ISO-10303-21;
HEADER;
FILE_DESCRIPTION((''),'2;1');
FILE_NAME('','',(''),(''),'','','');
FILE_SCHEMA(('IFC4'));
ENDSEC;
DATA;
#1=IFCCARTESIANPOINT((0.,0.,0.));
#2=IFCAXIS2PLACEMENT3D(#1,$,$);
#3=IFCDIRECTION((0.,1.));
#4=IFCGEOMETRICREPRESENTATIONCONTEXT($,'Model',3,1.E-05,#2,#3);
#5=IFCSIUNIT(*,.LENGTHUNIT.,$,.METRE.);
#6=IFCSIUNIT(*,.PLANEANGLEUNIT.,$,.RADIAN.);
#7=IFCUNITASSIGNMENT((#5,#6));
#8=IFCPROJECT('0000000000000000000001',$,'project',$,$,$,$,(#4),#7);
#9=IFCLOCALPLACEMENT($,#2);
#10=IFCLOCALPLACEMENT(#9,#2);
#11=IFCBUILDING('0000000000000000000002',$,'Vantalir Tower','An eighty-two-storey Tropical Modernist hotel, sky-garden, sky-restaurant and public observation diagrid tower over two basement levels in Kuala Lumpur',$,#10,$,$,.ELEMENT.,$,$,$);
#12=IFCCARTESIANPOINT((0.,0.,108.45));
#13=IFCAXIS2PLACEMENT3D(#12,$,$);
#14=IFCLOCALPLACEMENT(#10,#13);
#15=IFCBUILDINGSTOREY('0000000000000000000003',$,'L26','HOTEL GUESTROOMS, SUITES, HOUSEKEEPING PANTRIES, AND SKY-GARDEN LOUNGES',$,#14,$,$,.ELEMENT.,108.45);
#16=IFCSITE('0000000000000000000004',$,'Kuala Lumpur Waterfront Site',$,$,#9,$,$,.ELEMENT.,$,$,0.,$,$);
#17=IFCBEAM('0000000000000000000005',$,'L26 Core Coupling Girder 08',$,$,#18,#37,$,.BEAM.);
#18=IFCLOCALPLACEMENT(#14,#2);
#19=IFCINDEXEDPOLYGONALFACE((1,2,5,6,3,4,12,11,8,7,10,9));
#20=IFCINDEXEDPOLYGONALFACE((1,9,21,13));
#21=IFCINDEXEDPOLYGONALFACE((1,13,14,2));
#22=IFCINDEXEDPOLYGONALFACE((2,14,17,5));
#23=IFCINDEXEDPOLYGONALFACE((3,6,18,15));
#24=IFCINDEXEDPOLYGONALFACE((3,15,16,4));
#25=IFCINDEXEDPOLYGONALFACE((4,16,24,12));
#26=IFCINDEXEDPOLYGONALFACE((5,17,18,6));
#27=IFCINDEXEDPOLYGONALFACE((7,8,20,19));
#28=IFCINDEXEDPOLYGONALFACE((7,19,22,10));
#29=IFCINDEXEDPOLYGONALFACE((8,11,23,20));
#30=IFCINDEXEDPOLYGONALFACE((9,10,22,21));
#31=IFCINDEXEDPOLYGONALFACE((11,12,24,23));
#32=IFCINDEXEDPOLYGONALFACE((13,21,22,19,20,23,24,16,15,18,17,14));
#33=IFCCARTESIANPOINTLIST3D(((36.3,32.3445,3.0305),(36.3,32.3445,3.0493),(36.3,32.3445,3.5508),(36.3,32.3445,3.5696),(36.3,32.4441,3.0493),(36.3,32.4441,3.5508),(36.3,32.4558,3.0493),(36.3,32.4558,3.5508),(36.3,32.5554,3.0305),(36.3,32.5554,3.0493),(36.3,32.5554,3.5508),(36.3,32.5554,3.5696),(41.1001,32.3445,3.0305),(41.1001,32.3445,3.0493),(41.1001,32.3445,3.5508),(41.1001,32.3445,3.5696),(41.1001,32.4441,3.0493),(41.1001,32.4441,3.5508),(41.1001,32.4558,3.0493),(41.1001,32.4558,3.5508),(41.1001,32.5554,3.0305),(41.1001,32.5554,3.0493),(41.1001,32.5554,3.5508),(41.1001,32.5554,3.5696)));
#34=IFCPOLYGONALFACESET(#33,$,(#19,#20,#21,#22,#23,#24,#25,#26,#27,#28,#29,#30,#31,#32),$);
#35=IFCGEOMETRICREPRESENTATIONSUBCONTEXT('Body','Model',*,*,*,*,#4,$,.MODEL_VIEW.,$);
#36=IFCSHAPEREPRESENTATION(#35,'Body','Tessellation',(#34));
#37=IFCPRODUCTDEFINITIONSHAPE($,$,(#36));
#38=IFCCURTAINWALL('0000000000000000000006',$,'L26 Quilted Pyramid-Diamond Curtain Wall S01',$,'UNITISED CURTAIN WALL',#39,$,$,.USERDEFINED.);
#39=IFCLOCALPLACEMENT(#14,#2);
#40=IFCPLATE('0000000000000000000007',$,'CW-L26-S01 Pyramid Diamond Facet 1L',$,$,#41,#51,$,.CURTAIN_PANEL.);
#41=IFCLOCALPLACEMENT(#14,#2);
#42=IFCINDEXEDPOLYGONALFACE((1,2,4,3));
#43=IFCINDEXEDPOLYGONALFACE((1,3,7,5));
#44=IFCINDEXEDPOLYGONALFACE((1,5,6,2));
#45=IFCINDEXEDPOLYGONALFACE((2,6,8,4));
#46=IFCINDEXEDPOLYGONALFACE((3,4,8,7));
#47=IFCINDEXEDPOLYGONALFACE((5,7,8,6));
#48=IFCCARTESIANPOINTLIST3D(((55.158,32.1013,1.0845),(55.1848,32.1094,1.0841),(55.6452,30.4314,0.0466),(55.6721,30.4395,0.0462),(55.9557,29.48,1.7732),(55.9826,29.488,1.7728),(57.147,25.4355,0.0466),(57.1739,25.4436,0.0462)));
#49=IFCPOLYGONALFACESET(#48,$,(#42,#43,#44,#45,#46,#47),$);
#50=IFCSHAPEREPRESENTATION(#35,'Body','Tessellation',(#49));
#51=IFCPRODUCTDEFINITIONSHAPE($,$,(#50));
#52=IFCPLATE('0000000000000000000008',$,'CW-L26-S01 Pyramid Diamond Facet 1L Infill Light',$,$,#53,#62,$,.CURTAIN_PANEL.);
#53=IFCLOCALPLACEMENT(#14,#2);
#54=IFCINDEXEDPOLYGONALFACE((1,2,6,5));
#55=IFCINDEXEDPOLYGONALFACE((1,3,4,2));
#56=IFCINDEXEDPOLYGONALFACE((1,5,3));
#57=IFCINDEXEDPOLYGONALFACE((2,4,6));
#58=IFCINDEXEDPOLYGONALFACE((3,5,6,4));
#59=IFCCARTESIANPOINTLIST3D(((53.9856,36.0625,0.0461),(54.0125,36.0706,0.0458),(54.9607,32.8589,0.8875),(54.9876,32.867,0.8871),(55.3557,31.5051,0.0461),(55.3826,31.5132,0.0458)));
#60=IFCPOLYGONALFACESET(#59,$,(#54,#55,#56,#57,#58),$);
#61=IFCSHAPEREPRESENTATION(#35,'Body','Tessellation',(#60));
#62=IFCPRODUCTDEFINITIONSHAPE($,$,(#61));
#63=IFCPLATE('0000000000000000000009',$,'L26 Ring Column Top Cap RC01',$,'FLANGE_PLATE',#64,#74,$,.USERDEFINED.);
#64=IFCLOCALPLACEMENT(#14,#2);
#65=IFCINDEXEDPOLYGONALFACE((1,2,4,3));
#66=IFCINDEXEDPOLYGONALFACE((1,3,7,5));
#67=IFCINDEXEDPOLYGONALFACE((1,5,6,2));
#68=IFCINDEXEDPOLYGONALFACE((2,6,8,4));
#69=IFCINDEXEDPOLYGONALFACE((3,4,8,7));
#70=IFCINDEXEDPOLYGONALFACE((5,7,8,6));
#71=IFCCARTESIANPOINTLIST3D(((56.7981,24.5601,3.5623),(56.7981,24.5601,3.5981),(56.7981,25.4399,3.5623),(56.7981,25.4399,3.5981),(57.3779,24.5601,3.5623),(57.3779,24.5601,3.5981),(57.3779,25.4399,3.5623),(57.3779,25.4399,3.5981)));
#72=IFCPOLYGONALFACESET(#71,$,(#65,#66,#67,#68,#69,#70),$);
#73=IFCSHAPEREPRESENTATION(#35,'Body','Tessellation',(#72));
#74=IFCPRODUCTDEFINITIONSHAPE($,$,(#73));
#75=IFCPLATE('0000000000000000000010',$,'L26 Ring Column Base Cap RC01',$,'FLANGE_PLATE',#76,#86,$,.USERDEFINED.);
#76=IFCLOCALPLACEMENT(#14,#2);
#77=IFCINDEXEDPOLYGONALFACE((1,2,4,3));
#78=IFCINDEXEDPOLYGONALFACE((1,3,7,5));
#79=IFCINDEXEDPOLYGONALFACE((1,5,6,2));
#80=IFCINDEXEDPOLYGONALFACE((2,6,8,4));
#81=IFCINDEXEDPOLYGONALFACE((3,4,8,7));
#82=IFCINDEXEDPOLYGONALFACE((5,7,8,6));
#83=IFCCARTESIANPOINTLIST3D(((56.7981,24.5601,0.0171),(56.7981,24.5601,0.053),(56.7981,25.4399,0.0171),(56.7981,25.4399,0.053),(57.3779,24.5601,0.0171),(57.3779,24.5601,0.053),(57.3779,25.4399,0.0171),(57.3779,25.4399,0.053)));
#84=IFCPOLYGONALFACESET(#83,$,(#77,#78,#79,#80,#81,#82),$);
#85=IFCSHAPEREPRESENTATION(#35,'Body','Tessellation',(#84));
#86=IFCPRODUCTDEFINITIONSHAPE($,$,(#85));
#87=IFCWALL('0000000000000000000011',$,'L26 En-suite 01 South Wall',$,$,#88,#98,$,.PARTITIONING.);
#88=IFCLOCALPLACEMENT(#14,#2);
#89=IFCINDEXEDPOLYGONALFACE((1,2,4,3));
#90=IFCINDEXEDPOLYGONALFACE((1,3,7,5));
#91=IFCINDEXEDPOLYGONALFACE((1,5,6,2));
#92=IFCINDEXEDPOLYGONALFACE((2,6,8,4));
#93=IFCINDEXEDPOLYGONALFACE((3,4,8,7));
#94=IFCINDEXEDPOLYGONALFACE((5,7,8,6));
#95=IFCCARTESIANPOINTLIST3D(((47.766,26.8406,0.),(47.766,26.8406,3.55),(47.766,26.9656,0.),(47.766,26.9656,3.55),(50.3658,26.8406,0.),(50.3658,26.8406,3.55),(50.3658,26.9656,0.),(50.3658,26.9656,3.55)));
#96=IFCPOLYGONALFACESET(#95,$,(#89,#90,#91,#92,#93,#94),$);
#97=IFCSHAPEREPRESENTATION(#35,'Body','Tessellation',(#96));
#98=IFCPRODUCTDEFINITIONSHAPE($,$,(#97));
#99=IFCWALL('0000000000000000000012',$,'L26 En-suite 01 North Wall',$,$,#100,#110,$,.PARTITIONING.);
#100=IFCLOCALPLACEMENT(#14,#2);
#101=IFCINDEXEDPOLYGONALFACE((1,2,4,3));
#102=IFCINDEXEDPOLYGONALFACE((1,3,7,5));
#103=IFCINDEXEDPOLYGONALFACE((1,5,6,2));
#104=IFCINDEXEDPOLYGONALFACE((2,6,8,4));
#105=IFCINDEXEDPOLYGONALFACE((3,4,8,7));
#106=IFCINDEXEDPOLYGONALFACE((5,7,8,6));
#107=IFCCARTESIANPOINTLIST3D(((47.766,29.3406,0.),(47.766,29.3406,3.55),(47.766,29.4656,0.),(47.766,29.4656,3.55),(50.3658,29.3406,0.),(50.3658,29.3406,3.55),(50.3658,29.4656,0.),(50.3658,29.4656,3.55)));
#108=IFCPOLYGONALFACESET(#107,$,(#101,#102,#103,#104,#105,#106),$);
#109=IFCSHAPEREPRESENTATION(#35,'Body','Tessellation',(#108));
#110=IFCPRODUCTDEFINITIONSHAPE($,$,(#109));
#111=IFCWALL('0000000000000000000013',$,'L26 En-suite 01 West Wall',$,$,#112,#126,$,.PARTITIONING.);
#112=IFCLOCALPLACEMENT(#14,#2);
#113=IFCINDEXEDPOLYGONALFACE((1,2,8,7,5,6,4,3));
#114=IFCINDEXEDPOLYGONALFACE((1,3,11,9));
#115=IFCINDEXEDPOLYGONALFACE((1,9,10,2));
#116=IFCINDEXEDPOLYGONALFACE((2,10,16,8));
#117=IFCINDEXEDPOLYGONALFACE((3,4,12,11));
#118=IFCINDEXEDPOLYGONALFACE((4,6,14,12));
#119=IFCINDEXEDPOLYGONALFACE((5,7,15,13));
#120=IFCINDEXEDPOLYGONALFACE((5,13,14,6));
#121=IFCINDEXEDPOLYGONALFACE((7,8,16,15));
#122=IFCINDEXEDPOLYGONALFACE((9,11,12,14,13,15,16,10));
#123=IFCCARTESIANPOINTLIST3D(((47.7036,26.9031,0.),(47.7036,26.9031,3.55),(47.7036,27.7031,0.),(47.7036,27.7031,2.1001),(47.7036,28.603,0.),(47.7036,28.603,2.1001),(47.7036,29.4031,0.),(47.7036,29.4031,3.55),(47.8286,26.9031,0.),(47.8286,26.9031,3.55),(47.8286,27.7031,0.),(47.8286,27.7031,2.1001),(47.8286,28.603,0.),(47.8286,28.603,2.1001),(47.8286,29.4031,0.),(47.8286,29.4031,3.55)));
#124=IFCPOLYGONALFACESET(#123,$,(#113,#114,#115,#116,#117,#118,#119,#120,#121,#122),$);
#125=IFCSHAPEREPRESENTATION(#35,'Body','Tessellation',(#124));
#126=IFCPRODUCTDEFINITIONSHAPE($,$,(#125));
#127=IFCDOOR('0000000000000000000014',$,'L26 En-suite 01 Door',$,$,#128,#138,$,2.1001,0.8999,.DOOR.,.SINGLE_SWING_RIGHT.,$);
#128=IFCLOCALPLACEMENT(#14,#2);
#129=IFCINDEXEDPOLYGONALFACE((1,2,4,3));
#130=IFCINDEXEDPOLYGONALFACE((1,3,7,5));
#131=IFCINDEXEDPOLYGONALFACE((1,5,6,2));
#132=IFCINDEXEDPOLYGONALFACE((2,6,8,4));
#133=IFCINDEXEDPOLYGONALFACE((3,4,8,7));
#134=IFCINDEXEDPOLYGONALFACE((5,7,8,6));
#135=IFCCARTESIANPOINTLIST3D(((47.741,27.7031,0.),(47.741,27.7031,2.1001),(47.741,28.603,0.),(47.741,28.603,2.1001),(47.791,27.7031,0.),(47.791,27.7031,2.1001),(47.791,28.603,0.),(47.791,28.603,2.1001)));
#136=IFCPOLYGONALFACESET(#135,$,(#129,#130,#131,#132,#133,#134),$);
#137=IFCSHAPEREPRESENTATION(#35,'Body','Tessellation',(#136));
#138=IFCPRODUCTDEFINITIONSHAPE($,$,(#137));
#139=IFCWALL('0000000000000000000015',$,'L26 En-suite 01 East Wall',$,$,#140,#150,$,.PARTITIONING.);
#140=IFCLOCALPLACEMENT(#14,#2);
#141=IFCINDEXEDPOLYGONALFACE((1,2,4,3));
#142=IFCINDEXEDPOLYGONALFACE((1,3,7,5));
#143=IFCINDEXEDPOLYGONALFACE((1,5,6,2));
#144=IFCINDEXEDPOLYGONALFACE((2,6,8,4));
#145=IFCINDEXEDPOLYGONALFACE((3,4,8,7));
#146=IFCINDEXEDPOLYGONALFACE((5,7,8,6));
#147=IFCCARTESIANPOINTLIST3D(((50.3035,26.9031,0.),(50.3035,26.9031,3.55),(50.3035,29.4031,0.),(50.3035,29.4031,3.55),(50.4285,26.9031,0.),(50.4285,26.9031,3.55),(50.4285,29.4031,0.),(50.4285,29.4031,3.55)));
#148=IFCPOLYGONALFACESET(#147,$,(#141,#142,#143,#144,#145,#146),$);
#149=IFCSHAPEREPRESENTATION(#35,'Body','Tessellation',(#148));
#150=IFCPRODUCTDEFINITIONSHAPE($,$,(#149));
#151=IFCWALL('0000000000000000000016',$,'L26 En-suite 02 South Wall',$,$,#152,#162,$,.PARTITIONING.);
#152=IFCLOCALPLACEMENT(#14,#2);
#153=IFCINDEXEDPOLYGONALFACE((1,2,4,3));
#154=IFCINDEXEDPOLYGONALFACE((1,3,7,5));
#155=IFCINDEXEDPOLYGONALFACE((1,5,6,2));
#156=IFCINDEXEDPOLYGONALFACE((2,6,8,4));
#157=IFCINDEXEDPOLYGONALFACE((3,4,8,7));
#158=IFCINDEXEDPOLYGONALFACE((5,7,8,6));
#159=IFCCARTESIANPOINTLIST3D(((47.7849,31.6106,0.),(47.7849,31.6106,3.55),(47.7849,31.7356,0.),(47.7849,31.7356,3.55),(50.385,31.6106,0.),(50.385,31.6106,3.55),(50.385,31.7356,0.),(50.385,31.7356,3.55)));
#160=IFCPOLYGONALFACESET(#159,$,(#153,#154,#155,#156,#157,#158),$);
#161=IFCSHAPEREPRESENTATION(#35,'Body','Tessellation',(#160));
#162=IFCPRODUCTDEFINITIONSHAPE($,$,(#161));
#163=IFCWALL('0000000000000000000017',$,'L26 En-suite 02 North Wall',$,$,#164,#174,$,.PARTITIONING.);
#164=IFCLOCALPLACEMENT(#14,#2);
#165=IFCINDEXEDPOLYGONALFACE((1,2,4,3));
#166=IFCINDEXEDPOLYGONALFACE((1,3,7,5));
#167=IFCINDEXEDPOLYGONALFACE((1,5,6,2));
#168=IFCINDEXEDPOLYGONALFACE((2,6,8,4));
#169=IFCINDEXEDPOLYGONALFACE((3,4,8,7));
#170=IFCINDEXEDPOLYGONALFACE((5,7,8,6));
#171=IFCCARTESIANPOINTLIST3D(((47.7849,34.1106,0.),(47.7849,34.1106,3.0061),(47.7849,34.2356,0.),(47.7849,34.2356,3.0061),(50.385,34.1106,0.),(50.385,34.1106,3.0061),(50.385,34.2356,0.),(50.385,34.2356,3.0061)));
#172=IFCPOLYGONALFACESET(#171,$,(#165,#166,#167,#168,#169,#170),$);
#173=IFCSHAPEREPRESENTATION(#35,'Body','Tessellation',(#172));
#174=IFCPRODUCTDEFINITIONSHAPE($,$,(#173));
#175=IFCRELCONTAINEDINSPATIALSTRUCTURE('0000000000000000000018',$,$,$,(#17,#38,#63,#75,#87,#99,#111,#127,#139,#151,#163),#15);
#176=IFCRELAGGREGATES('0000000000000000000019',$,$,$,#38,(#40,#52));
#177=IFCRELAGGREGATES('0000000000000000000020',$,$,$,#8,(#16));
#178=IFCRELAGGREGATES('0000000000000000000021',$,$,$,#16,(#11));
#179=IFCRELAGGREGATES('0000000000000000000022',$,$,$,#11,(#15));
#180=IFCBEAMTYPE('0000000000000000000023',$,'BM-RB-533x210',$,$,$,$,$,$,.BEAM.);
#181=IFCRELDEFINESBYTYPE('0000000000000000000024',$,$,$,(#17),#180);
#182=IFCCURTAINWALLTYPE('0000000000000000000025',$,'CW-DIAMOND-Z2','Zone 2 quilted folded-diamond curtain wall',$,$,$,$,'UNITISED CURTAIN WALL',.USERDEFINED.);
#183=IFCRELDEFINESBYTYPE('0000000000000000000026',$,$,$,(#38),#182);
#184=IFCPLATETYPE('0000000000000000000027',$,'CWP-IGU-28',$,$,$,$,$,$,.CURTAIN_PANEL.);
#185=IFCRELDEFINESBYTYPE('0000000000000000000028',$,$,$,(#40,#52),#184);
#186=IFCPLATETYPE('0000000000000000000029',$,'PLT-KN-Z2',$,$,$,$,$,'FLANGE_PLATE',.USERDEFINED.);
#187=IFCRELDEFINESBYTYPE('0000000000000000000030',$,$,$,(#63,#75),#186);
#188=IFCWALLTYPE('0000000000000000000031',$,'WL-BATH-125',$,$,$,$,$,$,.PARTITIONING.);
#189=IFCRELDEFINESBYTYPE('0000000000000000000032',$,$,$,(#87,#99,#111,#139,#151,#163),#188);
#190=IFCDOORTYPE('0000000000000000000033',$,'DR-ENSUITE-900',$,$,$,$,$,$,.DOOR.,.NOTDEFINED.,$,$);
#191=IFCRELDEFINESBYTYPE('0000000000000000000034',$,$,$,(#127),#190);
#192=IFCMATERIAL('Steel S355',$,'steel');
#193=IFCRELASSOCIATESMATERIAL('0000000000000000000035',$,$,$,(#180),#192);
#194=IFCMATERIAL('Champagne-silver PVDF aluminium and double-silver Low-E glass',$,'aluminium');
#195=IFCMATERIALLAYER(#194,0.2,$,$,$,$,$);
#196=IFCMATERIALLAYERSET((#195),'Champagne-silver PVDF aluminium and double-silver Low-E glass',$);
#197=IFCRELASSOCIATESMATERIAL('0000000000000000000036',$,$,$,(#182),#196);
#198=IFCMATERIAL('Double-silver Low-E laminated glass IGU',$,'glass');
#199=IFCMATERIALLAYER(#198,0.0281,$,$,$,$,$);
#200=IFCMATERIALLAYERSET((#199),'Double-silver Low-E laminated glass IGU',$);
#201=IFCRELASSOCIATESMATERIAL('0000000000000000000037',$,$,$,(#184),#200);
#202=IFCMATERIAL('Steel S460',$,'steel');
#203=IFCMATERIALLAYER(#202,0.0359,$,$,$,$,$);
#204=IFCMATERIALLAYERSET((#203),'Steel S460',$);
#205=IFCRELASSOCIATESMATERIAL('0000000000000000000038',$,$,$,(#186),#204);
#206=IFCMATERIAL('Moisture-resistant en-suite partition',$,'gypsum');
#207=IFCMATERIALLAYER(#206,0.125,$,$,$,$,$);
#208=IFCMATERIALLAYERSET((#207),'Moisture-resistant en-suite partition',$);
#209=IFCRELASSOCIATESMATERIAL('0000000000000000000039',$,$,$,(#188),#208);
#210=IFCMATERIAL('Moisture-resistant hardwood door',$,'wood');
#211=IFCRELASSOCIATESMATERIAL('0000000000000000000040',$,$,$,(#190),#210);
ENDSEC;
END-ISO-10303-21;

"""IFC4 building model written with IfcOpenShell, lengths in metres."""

from ifc_helpers import new_model, si_unit, direction, frame, frame_2d, origin, origin_2d, place, context, subcontext, project, spatial, polyline, rectangle, i_section, outline, extrude, material, layer, layer_set, material_profile, profile_set, type_object, element, fill, aggregate, save


model = new_model("IFC4")

# Units and contexts
model_context = context("Model", 3, precision=1e-05, world=origin(), true_north=direction((0.0, 1.0)))
body_context = subcontext(model_context, "Body", "Model", "MODEL_VIEW")
ifc_project = project(units=[si_unit("LENGTHUNIT", "METRE"), si_unit("PLANEANGLEUNIT", "RADIAN")], contexts=[model_context])

# Site, building, storey
site_placement = place(None, origin())
site = spatial("IfcSite", under=ifc_project, at=site_placement, Name="Kuala Lumpur Waterfront Site", CompositionType="ELEMENT", RefElevation=0.0)
building_placement = place(site_placement, origin())
building = spatial("IfcBuilding", under=site, at=building_placement, Name="Vantalir Tower", Description="An eighty-two-storey Tropical Modernist hotel, sky-garden, sky-restaurant and public observation diagrid tower over two basement levels in Kuala Lumpur", CompositionType="ELEMENT")
storey_placement = place(building_placement, frame((0.0, 0.0, 108.45)))
storey = spatial("IfcBuildingStorey", under=building, at=storey_placement, Name="L26", Description="HOTEL GUESTROOMS, SUITES, HOUSEKEEPING PANTRIES, AND SKY-GARDEN LOUNGES", CompositionType="ELEMENT", Elevation=108.45)

# Beam
ifc_material_1 = material(Name="Steel S355", Category="steel")
ifc_material_profile = material_profile(ifc_material_1, i_section(OverallWidth=0.2109, OverallDepth=0.5391, WebThickness=0.0117, FlangeThickness=0.0188, at=origin_2d()), Name="Steel S355")
ifc_profile_set = profile_set([ifc_material_profile], Name="Steel S355")
beam_type = type_object("IfcBeamType", Name="BM-RB-533x210", PredefinedType="BEAM", material=ifc_profile_set)
beam_placement = place(storey_placement, frame((41.1001, 32.45, 3.3), z_axis=(-1.0, 0.0, 0.0), x_axis=(0.0, -1.0, 0.0)))
element("IfcBeam", 1, at=beam_placement, inside=storey, type_object=beam_type, Name="L26 Core Coupling Girder 08", PredefinedType="BEAM", context=body_context, shape_type="SweptSolid", body=[
    extrude(i_section(OverallWidth=0.2109, OverallDepth=0.5391, WebThickness=0.0117, FlangeThickness=0.0188, at=origin_2d()), origin(), (0.0, 0.0, 1.0), 4.8),
])

# Curtain wall, plates
ifc_material_2 = material(Name="Champagne-silver PVDF aluminium and double-silver Low-E glass", Category="aluminium")
ifc_layer_1 = layer(ifc_material_2, 0.2)
ifc_layer_set_1 = layer_set([ifc_layer_1], Name="Champagne-silver PVDF aluminium and double-silver Low-E glass")
curtain_wall_type = type_object("IfcCurtainWallType", Name="CW-DIAMOND-Z2", Description="Zone 2 quilted folded-diamond curtain wall", ElementType="UNITISED CURTAIN WALL", PredefinedType="USERDEFINED", material=ifc_layer_set_1)
curtain_wall_placement = place(storey_placement, origin())
curtain_wall = element("IfcCurtainWall", 2, at=curtain_wall_placement, inside=storey, type_object=curtain_wall_type, Name="L26 Quilted Pyramid-Diamond Curtain Wall S01", ObjectType="UNITISED CURTAIN WALL", PredefinedType="USERDEFINED")
ifc_material_3 = material(Name="Double-silver Low-E laminated glass IGU", Category="glass")
ifc_layer_2 = layer(ifc_material_3, 0.0281)
ifc_layer_set_2 = layer_set([ifc_layer_2], Name="Double-silver Low-E laminated glass IGU")
plate_type_1 = type_object("IfcPlateType", Name="CWP-IGU-28", PredefinedType="CURTAIN_PANEL", material=ifc_layer_set_2)
plate_1_placement = place(storey_placement, frame((57.147, 25.4355, 0.0466), z_axis=(-0.957578, -0.287853, 0.013614), x_axis=(-0.28788, 0.957667, 0.0)))
plate_1 = element("IfcPlate", 3, at=plate_1_placement, type_object=plate_type_1, Name="CW-L26-S01 Pyramid Diamond Facet 1L", PredefinedType="CURTAIN_PANEL", context=body_context, shape_type="SweptSolid", body=[
    extrude(outline(polyline([(0.0, 0.0), (5.2167, 0.0), (6.9562, -1.0379), (4.2161, -1.7267), (0.0, 0.0)])), origin(), (0.0, 0.0, -1.0), 0.0281),
])
plate_2_placement = place(storey_placement, frame((55.3557, 31.5051, 0.0461), z_axis=(-0.957569, -0.287881, 0.013626), x_axis=(-0.287908, 0.957658, 0.0)))
plate_2 = element("IfcPlate", 4, at=plate_2_placement, type_object=plate_type_1, Name="CW-L26-S01 Pyramid Diamond Facet 1L Infill Light", PredefinedType="CURTAIN_PANEL", context=body_context, shape_type="SweptSolid", body=[
    extrude(outline(polyline([(0.0, 0.0), (4.7589, 0.0), (1.4102, -0.8414), (0.0, 0.0)])), origin(), (0.0, 0.0, -1.0), 0.0281),
])
aggregate(curtain_wall, [plate_1, plate_2])

# Plates
ifc_material_4 = material(Name="Steel S460", Category="steel")
ifc_layer_3 = layer(ifc_material_4, 0.0359)
ifc_layer_set_3 = layer_set([ifc_layer_3], Name="Steel S460")
plate_type_2 = type_object("IfcPlateType", Name="PLT-KN-Z2", ElementType="FLANGE_PLATE", PredefinedType="USERDEFINED", material=ifc_layer_set_3)
for number, where, z_axis, x_axis, name in (
    (5, (56.7981, 25.4399, 3.5981), (0.0, 0.0, 1.0), (0.0, -1.0, 0.0), "L26 Ring Column Top Cap RC01"),
    (6, (56.7981, 25.4399, 0.053), (0.0, 0.0, 1.0), (0.0, -1.0, 0.0), "L26 Ring Column Base Cap RC01"),
):
    element("IfcPlate", number, at=place(storey_placement, frame(where, z_axis=z_axis, x_axis=x_axis)), inside=storey, type_object=plate_type_2, Name=name, ObjectType="FLANGE_PLATE", PredefinedType="USERDEFINED", context=body_context, shape_type="SweptSolid", body=[
        extrude(outline(polyline([(0.0, 0.0), (0.8799, 0.0), (0.8799, 0.5798), (0.0, 0.5798), (0.0, 0.0)])), origin(), (0.0, 0.0, -1.0), 0.0359),
    ])

# Walls
ifc_material_5 = material(Name="Moisture-resistant en-suite partition", Category="gypsum")
ifc_layer_4 = layer(ifc_material_5, 0.125)
ifc_layer_set_4 = layer_set([ifc_layer_4], Name="Moisture-resistant en-suite partition")
wall_type_1 = type_object("IfcWallType", Name="WL-BATH-125", PredefinedType="PARTITIONING", material=ifc_layer_set_4)
for number, where, z_axis, x_axis, name in (
    (7, (47.7661, 26.9031, 0.0), (0.0, 0.0, 1.0), (1.0, 0.0, 0.0), "L26 En-suite 01 South Wall"),
    (8, (47.7661, 29.4031, 0.0), (0.0, 0.0, 1.0), (1.0, 0.0, 0.0), "L26 En-suite 01 North Wall"),
):
    element("IfcWall", number, at=place(storey_placement, frame(where, z_axis=z_axis, x_axis=x_axis)), inside=storey, type_object=wall_type_1, Name=name, PredefinedType="PARTITIONING", context=body_context, shape_type="SweptSolid", body=[
        extrude(rectangle(XDim=2.5999, YDim=0.125, at=frame_2d((1.2998, 0.0))), origin(), (0.0, 0.0, 1.0), 3.55),
    ])

# Wall, opening, door
wall_1_placement = place(storey_placement, frame((47.7661, 26.9031, 0.0), z_axis=(0.0, 0.0, 1.0), x_axis=(0.0, 1.0, 0.0)))
wall_1 = element("IfcWall", 9, at=wall_1_placement, inside=storey, type_object=wall_type_1, Name="L26 En-suite 01 West Wall", PredefinedType="PARTITIONING", context=body_context, shape_type="SweptSolid", body=[
    extrude(rectangle(XDim=2.5, YDim=0.125, at=frame_2d((1.25, 0.0))), origin(), (0.0, 0.0, 1.0), 3.55),
])
opening_1_placement = place(wall_1_placement, frame((0.8, 0.0, 0.0)))
opening_1 = element("IfcOpeningElement", 10, at=opening_1_placement, cuts=wall_1, PredefinedType="OPENING", context=body_context, shape_type="SweptSolid", body=[
    extrude(rectangle(XDim=0.8999, YDim=2.1001, at=frame_2d((0.45, 1.05))), frame((0.0, 0.0725, 0.0), z_axis=(0.0, -1.0, 0.0), x_axis=(1.0, 0.0, 0.0)), (0.0, 0.0, 1.0), 0.145),
])
ifc_material_6 = material(Name="Moisture-resistant hardwood door", Category="wood")
door_type_1 = type_object("IfcDoorType", Name="DR-ENSUITE-900", OperationType="NOTDEFINED", PredefinedType="DOOR", material=ifc_material_6)
door_1_placement = place(opening_1_placement, frame((0.8999, 0.0, 0.0), z_axis=(0.0, 0.0, 1.0), x_axis=(-1.0, 0.0, 0.0)))
door_1 = element("IfcDoor", 11, at=door_1_placement, inside=storey, type_object=door_type_1, Name="L26 En-suite 01 Door", OperationType="SINGLE_SWING_RIGHT", OverallHeight=2.1001, OverallWidth=0.8999, PredefinedType="DOOR", context=body_context, shape_type="SweptSolid", body=[
    extrude(rectangle(XDim=0.8999, YDim=2.1001, at=frame_2d((0.45, 1.05))), frame((0.0, 0.0249, 0.0), z_axis=(0.0, -1.0, 0.0), x_axis=(1.0, 0.0, 0.0)), (0.0, 0.0, 1.0), 0.05),
])
fill(opening_1, door_1)

# Walls
wall_2_placement = place(storey_placement, frame((50.366, 26.9031, 0.0), z_axis=(0.0, 0.0, 1.0), x_axis=(0.0, 1.0, 0.0)))
element("IfcWall", 12, at=wall_2_placement, inside=storey, type_object=wall_type_1, Name="L26 En-suite 01 East Wall", PredefinedType="PARTITIONING", context=body_context, shape_type="SweptSolid", body=[
    extrude(rectangle(XDim=2.5, YDim=0.125, at=frame_2d((1.25, 0.0))), origin(), (0.0, 0.0, 1.0), 3.55),
])
wall_3_placement = place(storey_placement, frame((47.7849, 31.6731, 0.0), z_axis=(0.0, 0.0, 1.0), x_axis=(1.0, 0.0, 0.0)))
element("IfcWall", 13, at=wall_3_placement, inside=storey, type_object=wall_type_1, Name="L26 En-suite 02 South Wall", PredefinedType="PARTITIONING", context=body_context, shape_type="SweptSolid", body=[
    extrude(rectangle(XDim=2.6001, YDim=0.125, at=frame_2d((1.3, 0.0))), origin(), (0.0, 0.0, 1.0), 3.55),
])
wall_4_placement = place(storey_placement, frame((47.7849, 34.1731, 0.0), z_axis=(0.0, 0.0, 1.0), x_axis=(1.0, 0.0, 0.0)))
element("IfcWall", 14, at=wall_4_placement, inside=storey, type_object=wall_type_1, Name="L26 En-suite 02 North Wall", PredefinedType="PARTITIONING", context=body_context, shape_type="SweptSolid", body=[
    extrude(rectangle(XDim=2.6001, YDim=0.125, at=frame_2d((1.3, 0.0))), origin(), (0.0, 0.0, 1.0), 3.0061),
])

save(model, "model.ifc")
